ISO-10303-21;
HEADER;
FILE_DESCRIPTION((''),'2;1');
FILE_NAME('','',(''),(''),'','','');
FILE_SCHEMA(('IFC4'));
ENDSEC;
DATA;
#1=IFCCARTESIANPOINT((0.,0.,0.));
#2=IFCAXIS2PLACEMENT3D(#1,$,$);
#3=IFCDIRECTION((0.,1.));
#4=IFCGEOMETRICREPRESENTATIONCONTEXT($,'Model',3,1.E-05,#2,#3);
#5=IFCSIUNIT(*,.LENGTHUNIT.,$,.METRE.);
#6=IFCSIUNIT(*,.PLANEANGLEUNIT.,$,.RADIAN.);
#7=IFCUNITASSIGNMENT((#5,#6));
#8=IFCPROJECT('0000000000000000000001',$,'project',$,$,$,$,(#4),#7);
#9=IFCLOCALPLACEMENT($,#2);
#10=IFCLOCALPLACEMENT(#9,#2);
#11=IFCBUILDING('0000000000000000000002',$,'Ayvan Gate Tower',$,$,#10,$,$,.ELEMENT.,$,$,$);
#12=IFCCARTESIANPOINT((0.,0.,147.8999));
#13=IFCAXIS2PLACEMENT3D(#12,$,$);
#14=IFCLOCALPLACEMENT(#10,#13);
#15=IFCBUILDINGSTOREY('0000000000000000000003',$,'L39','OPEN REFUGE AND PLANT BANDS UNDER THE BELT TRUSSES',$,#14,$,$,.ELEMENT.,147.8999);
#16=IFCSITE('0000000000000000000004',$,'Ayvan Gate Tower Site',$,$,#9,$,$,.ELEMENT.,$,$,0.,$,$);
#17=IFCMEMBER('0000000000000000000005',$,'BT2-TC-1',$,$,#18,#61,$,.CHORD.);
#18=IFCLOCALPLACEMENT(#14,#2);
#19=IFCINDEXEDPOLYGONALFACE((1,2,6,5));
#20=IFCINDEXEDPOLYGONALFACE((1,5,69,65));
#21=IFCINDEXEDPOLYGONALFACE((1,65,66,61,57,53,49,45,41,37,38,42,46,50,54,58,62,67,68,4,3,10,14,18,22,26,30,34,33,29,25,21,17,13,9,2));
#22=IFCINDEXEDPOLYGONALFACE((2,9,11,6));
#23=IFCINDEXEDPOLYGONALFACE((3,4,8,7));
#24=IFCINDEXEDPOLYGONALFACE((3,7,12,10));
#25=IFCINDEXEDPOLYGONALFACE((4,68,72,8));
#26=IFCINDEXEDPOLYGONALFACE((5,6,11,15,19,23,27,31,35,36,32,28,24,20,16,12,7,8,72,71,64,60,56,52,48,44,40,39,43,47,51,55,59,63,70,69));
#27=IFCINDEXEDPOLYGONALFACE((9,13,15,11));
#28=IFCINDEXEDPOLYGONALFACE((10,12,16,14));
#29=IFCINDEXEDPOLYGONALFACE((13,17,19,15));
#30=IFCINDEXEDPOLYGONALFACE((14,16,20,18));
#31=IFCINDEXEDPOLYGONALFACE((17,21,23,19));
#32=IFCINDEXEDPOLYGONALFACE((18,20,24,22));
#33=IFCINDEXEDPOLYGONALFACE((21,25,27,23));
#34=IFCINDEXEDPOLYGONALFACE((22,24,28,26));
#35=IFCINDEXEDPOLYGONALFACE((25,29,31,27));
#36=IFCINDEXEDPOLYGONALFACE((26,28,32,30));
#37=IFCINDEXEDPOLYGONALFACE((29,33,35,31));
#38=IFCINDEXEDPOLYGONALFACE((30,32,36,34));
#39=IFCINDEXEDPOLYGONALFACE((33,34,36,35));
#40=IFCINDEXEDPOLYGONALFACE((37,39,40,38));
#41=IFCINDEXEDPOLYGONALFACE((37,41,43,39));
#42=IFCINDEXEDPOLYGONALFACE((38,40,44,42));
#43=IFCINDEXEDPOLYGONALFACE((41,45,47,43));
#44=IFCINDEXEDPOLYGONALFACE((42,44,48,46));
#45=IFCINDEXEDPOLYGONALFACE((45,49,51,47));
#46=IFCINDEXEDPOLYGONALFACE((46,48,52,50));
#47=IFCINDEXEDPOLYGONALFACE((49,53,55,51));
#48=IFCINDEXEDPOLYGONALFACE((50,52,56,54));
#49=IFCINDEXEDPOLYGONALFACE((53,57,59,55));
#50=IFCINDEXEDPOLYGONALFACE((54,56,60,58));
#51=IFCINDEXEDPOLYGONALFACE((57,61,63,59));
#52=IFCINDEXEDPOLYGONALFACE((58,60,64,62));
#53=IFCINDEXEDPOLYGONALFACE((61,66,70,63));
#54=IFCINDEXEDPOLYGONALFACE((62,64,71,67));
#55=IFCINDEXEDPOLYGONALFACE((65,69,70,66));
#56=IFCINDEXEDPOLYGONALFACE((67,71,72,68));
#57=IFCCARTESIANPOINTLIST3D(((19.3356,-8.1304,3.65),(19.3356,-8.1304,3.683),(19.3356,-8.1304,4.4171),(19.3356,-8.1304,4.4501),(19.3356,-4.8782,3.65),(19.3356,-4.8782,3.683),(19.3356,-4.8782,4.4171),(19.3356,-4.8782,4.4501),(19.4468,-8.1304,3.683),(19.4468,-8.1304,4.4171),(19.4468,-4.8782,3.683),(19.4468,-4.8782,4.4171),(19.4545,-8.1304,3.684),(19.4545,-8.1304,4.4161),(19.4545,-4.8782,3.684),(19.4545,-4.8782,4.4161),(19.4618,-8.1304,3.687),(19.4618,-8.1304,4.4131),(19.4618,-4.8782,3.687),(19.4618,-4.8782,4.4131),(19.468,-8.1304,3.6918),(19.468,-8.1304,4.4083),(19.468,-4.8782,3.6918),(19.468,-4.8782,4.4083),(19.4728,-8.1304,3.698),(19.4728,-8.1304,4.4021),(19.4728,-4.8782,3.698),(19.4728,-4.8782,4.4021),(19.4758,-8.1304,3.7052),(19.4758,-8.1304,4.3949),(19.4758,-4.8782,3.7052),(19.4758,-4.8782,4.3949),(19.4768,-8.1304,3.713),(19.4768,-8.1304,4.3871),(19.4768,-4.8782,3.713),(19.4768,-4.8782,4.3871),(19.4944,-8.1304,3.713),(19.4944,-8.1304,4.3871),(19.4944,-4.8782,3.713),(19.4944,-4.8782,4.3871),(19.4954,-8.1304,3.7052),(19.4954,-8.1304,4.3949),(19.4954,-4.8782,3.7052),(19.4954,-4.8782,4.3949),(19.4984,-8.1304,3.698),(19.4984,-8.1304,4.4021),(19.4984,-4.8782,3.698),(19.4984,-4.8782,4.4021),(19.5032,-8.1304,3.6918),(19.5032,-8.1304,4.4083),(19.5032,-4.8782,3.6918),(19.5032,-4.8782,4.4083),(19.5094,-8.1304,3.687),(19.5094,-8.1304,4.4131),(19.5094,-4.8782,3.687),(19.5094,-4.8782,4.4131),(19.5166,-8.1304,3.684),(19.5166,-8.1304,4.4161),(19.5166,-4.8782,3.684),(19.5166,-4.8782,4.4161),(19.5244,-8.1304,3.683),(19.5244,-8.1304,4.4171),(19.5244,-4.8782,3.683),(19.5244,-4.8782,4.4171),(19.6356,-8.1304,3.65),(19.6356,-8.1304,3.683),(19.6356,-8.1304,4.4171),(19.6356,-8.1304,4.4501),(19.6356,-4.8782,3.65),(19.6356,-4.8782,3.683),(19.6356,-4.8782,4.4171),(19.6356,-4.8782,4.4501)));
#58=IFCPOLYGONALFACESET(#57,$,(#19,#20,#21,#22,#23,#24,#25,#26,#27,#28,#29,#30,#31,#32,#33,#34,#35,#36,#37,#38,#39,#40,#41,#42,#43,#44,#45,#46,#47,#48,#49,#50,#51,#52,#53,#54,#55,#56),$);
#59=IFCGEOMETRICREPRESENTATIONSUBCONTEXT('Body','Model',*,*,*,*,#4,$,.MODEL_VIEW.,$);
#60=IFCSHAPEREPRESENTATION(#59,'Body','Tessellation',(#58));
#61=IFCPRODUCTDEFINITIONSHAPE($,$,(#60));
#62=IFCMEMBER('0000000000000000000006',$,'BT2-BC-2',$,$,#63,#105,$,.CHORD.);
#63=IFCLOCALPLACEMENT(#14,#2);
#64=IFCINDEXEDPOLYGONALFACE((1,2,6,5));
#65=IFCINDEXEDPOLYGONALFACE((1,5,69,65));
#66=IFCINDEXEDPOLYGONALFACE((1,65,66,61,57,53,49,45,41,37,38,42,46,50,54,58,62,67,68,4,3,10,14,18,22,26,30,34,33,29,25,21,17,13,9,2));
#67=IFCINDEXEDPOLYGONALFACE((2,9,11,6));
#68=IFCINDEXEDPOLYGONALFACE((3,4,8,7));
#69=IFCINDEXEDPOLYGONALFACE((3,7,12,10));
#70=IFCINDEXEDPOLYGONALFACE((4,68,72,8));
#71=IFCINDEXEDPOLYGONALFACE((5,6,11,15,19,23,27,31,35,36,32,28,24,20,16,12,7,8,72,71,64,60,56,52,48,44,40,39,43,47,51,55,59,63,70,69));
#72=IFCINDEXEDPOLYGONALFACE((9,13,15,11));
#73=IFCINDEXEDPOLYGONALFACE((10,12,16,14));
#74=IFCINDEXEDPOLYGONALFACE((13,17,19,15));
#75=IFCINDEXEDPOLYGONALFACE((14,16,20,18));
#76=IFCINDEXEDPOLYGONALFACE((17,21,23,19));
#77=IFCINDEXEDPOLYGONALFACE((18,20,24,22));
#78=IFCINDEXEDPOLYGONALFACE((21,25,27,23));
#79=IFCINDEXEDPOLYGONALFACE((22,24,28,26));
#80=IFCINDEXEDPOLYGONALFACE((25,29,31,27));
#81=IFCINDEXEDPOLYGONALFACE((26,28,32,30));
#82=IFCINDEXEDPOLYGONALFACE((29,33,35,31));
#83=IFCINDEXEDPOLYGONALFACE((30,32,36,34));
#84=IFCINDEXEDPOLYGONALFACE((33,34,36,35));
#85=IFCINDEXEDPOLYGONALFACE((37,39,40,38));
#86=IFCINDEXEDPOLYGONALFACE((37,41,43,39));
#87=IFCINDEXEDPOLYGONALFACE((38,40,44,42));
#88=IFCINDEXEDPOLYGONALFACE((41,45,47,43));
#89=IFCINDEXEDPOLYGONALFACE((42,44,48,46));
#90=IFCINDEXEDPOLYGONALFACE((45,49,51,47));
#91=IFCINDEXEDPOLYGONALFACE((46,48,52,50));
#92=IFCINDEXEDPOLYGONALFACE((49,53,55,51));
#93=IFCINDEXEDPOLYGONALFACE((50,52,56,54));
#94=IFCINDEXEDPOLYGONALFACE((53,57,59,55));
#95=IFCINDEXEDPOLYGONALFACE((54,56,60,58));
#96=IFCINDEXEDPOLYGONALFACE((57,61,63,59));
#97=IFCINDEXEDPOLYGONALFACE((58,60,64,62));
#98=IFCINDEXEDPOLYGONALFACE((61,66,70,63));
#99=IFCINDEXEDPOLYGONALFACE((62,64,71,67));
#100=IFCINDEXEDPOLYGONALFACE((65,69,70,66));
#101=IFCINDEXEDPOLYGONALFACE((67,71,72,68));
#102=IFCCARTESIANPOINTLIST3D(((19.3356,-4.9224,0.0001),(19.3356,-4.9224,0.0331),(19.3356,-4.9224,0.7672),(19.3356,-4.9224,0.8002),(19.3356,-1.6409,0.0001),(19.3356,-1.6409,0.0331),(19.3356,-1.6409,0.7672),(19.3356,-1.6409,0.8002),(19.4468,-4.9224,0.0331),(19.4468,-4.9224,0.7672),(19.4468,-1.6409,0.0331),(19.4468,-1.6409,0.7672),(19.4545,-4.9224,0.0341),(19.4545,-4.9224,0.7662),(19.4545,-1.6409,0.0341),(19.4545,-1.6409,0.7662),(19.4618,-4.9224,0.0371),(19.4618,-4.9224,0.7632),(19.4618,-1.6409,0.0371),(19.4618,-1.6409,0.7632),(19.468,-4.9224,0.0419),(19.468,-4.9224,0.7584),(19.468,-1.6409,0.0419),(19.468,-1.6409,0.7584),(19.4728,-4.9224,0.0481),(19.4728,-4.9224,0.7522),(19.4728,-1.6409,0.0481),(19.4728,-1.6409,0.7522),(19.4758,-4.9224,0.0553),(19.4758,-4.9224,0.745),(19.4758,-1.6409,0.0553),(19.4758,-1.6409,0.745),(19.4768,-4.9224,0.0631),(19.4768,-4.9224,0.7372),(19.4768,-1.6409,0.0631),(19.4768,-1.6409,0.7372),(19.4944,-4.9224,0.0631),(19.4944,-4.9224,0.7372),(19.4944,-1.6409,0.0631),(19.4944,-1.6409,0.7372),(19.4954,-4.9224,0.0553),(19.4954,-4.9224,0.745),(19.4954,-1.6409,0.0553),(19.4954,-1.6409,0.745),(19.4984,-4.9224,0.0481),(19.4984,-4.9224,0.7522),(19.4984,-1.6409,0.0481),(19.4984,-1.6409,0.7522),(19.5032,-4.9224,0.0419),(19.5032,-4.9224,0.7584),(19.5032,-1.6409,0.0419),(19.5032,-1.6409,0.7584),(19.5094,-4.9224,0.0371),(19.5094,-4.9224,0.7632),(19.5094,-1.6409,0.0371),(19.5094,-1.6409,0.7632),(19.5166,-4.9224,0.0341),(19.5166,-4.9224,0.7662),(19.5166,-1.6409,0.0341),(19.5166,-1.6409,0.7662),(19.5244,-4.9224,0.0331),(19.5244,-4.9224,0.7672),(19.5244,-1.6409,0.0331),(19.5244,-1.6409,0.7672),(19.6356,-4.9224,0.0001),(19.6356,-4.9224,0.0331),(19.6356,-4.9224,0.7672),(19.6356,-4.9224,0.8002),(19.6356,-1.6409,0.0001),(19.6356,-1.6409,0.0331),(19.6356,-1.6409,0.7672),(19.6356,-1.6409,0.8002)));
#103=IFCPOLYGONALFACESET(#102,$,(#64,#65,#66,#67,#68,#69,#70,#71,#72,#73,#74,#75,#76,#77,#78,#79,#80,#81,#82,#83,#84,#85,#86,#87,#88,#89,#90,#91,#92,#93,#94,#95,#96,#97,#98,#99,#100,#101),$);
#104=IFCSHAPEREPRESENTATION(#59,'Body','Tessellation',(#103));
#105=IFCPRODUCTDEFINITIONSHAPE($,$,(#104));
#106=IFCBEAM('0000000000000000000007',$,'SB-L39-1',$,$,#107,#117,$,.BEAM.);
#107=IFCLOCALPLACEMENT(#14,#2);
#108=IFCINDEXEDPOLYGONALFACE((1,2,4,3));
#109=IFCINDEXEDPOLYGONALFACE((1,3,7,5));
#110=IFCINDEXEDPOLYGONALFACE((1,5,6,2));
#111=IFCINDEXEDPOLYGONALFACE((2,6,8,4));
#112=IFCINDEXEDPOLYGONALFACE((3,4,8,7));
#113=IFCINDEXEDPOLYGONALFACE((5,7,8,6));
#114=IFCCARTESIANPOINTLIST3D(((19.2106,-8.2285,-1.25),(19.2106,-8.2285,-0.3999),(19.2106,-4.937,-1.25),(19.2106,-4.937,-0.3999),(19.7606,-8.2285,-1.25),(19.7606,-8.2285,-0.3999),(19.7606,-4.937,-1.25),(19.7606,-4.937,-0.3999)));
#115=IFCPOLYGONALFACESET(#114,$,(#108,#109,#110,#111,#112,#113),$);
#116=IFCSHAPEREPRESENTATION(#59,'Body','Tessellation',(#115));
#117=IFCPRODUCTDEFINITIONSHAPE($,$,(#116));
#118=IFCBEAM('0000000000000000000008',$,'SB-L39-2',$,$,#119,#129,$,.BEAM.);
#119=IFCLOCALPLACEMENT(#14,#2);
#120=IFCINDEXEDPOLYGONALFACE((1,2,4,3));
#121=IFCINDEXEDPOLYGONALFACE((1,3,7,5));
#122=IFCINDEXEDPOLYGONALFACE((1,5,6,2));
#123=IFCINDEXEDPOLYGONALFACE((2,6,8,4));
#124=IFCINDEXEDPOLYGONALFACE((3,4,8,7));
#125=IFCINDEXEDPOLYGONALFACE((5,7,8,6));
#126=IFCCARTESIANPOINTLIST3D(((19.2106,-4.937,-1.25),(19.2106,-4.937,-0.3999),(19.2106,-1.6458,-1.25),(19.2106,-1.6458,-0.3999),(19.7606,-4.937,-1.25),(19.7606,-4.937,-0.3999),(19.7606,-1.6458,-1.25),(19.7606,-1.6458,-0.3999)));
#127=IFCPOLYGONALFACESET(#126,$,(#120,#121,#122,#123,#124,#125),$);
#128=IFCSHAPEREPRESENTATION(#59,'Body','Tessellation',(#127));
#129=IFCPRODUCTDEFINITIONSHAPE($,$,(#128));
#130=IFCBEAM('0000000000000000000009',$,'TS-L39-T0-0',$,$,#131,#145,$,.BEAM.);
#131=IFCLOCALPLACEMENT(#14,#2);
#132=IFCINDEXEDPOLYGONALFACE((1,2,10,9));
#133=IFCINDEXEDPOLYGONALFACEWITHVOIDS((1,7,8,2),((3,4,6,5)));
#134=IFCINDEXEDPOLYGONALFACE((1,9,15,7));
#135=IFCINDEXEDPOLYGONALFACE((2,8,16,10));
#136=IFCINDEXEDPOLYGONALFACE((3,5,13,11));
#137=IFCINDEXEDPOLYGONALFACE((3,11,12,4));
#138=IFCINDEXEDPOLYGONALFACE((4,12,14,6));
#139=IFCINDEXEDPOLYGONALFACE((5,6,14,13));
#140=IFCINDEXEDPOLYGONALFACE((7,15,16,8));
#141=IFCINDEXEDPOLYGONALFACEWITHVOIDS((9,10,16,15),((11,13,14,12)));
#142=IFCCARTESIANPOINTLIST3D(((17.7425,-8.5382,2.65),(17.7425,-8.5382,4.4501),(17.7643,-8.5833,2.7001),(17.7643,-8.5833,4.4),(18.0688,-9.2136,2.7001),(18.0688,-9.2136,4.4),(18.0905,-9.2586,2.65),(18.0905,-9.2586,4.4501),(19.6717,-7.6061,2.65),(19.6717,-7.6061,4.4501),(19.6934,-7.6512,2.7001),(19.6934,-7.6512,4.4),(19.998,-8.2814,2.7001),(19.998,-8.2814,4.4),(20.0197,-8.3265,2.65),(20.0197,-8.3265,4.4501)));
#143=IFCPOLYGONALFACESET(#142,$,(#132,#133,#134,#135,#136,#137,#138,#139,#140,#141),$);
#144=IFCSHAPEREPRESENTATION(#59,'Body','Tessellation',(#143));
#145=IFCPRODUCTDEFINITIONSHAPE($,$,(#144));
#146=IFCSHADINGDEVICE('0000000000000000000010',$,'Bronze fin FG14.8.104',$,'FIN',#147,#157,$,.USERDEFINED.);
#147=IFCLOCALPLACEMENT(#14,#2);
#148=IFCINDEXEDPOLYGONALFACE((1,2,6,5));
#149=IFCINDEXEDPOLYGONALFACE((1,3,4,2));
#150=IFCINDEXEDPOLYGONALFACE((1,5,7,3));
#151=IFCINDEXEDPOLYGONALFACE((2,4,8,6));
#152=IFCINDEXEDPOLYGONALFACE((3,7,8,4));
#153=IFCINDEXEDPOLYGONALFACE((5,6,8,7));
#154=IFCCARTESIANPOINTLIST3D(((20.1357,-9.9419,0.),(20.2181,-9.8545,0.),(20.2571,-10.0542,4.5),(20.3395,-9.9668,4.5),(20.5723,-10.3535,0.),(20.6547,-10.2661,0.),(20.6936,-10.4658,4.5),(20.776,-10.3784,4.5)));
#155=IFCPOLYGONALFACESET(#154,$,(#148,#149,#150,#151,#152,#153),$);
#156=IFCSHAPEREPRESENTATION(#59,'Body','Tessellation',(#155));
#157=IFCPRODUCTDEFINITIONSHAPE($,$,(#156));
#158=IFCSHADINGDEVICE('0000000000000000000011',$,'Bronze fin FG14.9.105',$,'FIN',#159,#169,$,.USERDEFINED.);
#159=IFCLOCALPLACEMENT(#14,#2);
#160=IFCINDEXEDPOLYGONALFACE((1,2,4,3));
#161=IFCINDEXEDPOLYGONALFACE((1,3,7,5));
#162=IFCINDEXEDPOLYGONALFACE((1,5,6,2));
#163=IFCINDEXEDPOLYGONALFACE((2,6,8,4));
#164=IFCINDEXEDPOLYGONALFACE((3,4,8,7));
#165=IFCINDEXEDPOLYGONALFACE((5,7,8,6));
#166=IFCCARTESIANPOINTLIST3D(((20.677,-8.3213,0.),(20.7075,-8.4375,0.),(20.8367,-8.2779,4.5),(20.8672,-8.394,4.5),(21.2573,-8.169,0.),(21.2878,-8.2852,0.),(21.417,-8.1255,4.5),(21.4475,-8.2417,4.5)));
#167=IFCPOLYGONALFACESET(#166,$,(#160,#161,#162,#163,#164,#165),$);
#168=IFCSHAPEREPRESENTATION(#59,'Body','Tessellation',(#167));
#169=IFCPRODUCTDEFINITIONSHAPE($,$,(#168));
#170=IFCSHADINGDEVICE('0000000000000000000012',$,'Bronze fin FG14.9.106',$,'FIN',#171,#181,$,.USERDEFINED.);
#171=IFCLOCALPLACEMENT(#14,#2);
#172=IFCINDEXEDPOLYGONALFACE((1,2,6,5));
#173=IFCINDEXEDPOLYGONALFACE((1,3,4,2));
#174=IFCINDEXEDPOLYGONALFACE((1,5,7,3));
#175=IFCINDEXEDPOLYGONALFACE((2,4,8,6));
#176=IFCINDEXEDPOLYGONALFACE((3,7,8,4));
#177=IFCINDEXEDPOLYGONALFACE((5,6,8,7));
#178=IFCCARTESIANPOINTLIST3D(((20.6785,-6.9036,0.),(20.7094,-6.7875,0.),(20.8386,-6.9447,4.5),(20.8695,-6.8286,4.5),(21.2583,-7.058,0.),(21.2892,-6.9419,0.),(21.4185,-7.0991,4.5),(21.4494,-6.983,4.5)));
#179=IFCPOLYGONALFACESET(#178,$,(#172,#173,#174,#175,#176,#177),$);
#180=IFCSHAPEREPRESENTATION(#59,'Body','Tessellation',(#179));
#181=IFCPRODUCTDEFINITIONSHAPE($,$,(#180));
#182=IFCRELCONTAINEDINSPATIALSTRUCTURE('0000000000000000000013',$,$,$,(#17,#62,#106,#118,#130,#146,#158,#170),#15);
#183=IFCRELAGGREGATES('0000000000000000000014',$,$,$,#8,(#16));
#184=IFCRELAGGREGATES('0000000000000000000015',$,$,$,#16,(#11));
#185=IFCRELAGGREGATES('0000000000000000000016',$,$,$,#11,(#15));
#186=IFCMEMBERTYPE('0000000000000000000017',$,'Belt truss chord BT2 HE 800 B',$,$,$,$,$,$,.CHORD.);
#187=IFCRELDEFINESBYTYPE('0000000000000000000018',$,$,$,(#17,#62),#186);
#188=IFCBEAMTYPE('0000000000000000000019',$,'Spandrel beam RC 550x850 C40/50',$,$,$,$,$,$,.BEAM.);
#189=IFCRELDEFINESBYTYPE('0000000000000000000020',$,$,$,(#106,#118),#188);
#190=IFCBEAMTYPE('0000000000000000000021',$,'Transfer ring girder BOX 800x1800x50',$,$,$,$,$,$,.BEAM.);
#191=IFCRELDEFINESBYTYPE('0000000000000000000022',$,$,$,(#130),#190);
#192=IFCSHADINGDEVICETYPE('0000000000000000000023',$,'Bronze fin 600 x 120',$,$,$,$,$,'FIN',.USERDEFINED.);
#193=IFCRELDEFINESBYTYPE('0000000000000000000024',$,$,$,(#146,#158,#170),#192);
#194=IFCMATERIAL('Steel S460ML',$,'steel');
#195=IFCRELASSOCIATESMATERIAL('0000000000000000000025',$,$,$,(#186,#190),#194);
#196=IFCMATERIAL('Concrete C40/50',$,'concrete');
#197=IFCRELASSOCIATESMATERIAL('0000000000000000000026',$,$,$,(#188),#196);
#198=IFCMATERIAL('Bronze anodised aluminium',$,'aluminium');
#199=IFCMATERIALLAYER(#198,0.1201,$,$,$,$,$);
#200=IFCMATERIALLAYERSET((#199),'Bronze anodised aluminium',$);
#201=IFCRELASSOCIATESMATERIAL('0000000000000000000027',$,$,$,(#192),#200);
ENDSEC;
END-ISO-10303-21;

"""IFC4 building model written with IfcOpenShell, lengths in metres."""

from ifc_helpers import new_model, si_unit, direction, frame, origin, origin_2d, place, context, subcontext, project, spatial, polyline, rectangle, hollow_rectangle, i_section, outline, extrude, material, layer, layer_set, material_profile, profile_set, type_object, element, save


model = new_model("IFC4")

# Units and contexts
model_context = context("Model", 3, precision=1e-05, world=origin(), true_north=direction((0.0, 1.0)))
body_context = subcontext(model_context, "Body", "Model", "MODEL_VIEW")
ifc_project = project(units=[si_unit("LENGTHUNIT", "METRE"), si_unit("PLANEANGLEUNIT", "RADIAN")], contexts=[model_context])

# Site, building, storey
site_placement = place(None, origin())
site = spatial("IfcSite", under=ifc_project, at=site_placement, Name="Ayvan Gate Tower Site", CompositionType="ELEMENT", RefElevation=0.0)
building_placement = place(site_placement, origin())
building = spatial("IfcBuilding", under=site, at=building_placement, Name="Ayvan Gate Tower", CompositionType="ELEMENT")
storey_placement = place(building_placement, frame((0.0, 0.0, 147.8999)))
storey = spatial("IfcBuildingStorey", under=building, at=storey_placement, Name="L39", Description="OPEN REFUGE AND PLANT BANDS UNDER THE BELT TRUSSES", CompositionType="ELEMENT", Elevation=147.8999)

# Members
ifc_material_1 = material(Name="Steel S460ML", Category="steel")
ifc_material_profile_1 = material_profile(ifc_material_1, i_section(OverallWidth=0.3, OverallDepth=0.8, WebThickness=0.0176, FlangeThickness=0.033, FilletRadius=0.03, at=origin_2d()), Name="HE 800 B")
ifc_profile_set_1 = profile_set([ifc_material_profile_1], Name="Steel S460ML")
member_type_1 = type_object("IfcMemberType", Name="Belt truss chord BT2 HE 800 B", PredefinedType="CHORD", material=ifc_profile_set_1)
member_1_placement = place(storey_placement, frame((19.4856, -8.1304, 4.05), z_axis=(0.0, 1.0, 0.0), x_axis=(-1.0, 0.0, 0.0)))
element("IfcMember", 1, at=member_1_placement, inside=storey, type_object=member_type_1, Name="BT2-TC-1", PredefinedType="CHORD", context=body_context, shape_type="SweptSolid", body=[
    extrude(i_section(OverallWidth=0.3, OverallDepth=0.8, WebThickness=0.0176, FlangeThickness=0.033, FilletRadius=0.03, at=origin_2d()), origin(), (0.0, 0.0, 1.0), 3.2522),
])
member_2_placement = place(storey_placement, frame((19.4856, -4.9224, 0.4001), z_axis=(0.0, 1.0, 0.0), x_axis=(-1.0, 0.0, 0.0)))
element("IfcMember", 2, at=member_2_placement, inside=storey, type_object=member_type_1, Name="BT2-BC-2", PredefinedType="CHORD", context=body_context, shape_type="SweptSolid", body=[
    extrude(i_section(OverallWidth=0.3, OverallDepth=0.8, WebThickness=0.0176, FlangeThickness=0.033, FilletRadius=0.03, at=origin_2d()), origin(), (0.0, 0.0, 1.0), 3.2815),
])

# Beams
ifc_material_2 = material(Name="Concrete C40/50", Category="concrete")
ifc_material_profile_2 = material_profile(ifc_material_2, rectangle(XDim=0.55, YDim=0.8501, at=origin_2d()), Name="RC 550x850")
ifc_profile_set_2 = profile_set([ifc_material_profile_2], Name="Concrete C40/50")
beam_type_1 = type_object("IfcBeamType", Name="Spandrel beam RC 550x850 C40/50", PredefinedType="BEAM", material=ifc_profile_set_2)
beam_1_placement = place(storey_placement, frame((19.4856, -8.2285, -0.825), z_axis=(0.0, 1.0, 0.0), x_axis=(-1.0, 0.0, 0.0)))
element("IfcBeam", 3, at=beam_1_placement, inside=storey, type_object=beam_type_1, Name="SB-L39-1", PredefinedType="BEAM", context=body_context, shape_type="SweptSolid", body=[
    extrude(rectangle(XDim=0.55, YDim=0.8501, at=origin_2d()), origin(), (0.0, 0.0, 1.0), 3.2915),
])
beam_2_placement = place(storey_placement, frame((19.4856, -4.937, -0.825), z_axis=(0.0, 1.0, 0.0), x_axis=(-1.0, 0.0, 0.0)))
element("IfcBeam", 4, at=beam_2_placement, inside=storey, type_object=beam_type_1, Name="SB-L39-2", PredefinedType="BEAM", context=body_context, shape_type="SweptSolid", body=[
    extrude(rectangle(XDim=0.55, YDim=0.8501, at=origin_2d()), origin(), (0.0, 0.0, 1.0), 3.2913),
])
ifc_material_profile_3 = material_profile(ifc_material_1, hollow_rectangle(XDim=0.8, YDim=1.8, WallThickness=0.05, at=origin_2d()), Name="BOX 800x1800x50")
ifc_profile_set_3 = profile_set([ifc_material_profile_3], Name="Steel S460ML")
beam_type_2 = type_object("IfcBeamType", Name="Transfer ring girder BOX 800x1800x50", PredefinedType="BEAM", material=ifc_profile_set_3)
beam_3_placement = place(storey_placement, frame((19.8457, -7.9663, 3.55), z_axis=(-0.900407, -0.435049, 0.0), x_axis=(0.435049, -0.900407, 0.0)))
element("IfcBeam", 5, at=beam_3_placement, inside=storey, type_object=beam_type_2, Name="TS-L39-T0-0", PredefinedType="BEAM", context=body_context, shape_type="SweptSolid", body=[
    extrude(hollow_rectangle(XDim=0.8, YDim=1.8, WallThickness=0.05, at=origin_2d()), origin(), (0.0, 0.0, 1.0), 2.1426),
])

# Shading devices
ifc_material_3 = material(Name="Bronze anodised aluminium", Category="aluminium")
ifc_layer_1 = layer(ifc_material_3, 0.1201)
ifc_layer_set_1 = layer_set([ifc_layer_1], Name="Bronze anodised aluminium")
shading_device_type = type_object("IfcShadingDeviceType", Name="Bronze fin 600 x 120", ElementType="FIN", PredefinedType="USERDEFINED", material=ifc_layer_set_1)
shading_device_1_placement = place(storey_placement, frame((20.1357, -9.9419, 0.0), z_axis=(-0.68605, -0.727555, 0.000341), x_axis=(0.727555, -0.68605, 0.0)))
element("IfcShadingDevice", 6, at=shading_device_1_placement, inside=storey, type_object=shading_device_type, Name="Bronze fin FG14.8.104", ObjectType="FIN", PredefinedType="USERDEFINED", context=body_context, shape_type="SweptSolid", body=[
    extrude(outline(polyline([(0.0, 0.0), (0.6, 0.0), (0.7653, 4.5), (0.1653, 4.5), (0.0, 0.0)])), origin(), (0.0, 0.0, -1.0), 0.1201),
])
shading_device_2_placement = place(storey_placement, frame((20.7075, -8.4375, 0.0), z_axis=(0.253912, -0.967227, 0.000331), x_axis=(0.967227, 0.253912, 0.0)))
element("IfcShadingDevice", 7, at=shading_device_2_placement, inside=storey, type_object=shading_device_type, Name="Bronze fin FG14.9.105", ObjectType="FIN", PredefinedType="USERDEFINED", context=body_context, shape_type="SweptSolid", body=[
    extrude(outline(polyline([(0.0, 0.0), (0.6, 0.0), (0.7655, 4.5), (0.1655, 4.5), (0.0, 0.0)])), origin(), (0.0, 0.0, -1.0), 0.1201),
])
shading_device_3_placement = place(storey_placement, frame((20.6785, -6.9036, 0.0), z_axis=(-0.257346, -0.966319, 0.000325), x_axis=(0.966319, -0.257346, 0.0)))
element("IfcShadingDevice", 8, at=shading_device_3_placement, inside=storey, type_object=shading_device_type, Name="Bronze fin FG14.9.106", ObjectType="FIN", PredefinedType="USERDEFINED", context=body_context, shape_type="SweptSolid", body=[
    extrude(outline(polyline([(0.0, 0.0), (0.6, 0.0), (0.7654, 4.5), (0.1653, 4.5), (0.0, 0.0)])), origin(), (0.0, 0.0, -1.0), 0.1201),
])

save(model, "model.ifc")
